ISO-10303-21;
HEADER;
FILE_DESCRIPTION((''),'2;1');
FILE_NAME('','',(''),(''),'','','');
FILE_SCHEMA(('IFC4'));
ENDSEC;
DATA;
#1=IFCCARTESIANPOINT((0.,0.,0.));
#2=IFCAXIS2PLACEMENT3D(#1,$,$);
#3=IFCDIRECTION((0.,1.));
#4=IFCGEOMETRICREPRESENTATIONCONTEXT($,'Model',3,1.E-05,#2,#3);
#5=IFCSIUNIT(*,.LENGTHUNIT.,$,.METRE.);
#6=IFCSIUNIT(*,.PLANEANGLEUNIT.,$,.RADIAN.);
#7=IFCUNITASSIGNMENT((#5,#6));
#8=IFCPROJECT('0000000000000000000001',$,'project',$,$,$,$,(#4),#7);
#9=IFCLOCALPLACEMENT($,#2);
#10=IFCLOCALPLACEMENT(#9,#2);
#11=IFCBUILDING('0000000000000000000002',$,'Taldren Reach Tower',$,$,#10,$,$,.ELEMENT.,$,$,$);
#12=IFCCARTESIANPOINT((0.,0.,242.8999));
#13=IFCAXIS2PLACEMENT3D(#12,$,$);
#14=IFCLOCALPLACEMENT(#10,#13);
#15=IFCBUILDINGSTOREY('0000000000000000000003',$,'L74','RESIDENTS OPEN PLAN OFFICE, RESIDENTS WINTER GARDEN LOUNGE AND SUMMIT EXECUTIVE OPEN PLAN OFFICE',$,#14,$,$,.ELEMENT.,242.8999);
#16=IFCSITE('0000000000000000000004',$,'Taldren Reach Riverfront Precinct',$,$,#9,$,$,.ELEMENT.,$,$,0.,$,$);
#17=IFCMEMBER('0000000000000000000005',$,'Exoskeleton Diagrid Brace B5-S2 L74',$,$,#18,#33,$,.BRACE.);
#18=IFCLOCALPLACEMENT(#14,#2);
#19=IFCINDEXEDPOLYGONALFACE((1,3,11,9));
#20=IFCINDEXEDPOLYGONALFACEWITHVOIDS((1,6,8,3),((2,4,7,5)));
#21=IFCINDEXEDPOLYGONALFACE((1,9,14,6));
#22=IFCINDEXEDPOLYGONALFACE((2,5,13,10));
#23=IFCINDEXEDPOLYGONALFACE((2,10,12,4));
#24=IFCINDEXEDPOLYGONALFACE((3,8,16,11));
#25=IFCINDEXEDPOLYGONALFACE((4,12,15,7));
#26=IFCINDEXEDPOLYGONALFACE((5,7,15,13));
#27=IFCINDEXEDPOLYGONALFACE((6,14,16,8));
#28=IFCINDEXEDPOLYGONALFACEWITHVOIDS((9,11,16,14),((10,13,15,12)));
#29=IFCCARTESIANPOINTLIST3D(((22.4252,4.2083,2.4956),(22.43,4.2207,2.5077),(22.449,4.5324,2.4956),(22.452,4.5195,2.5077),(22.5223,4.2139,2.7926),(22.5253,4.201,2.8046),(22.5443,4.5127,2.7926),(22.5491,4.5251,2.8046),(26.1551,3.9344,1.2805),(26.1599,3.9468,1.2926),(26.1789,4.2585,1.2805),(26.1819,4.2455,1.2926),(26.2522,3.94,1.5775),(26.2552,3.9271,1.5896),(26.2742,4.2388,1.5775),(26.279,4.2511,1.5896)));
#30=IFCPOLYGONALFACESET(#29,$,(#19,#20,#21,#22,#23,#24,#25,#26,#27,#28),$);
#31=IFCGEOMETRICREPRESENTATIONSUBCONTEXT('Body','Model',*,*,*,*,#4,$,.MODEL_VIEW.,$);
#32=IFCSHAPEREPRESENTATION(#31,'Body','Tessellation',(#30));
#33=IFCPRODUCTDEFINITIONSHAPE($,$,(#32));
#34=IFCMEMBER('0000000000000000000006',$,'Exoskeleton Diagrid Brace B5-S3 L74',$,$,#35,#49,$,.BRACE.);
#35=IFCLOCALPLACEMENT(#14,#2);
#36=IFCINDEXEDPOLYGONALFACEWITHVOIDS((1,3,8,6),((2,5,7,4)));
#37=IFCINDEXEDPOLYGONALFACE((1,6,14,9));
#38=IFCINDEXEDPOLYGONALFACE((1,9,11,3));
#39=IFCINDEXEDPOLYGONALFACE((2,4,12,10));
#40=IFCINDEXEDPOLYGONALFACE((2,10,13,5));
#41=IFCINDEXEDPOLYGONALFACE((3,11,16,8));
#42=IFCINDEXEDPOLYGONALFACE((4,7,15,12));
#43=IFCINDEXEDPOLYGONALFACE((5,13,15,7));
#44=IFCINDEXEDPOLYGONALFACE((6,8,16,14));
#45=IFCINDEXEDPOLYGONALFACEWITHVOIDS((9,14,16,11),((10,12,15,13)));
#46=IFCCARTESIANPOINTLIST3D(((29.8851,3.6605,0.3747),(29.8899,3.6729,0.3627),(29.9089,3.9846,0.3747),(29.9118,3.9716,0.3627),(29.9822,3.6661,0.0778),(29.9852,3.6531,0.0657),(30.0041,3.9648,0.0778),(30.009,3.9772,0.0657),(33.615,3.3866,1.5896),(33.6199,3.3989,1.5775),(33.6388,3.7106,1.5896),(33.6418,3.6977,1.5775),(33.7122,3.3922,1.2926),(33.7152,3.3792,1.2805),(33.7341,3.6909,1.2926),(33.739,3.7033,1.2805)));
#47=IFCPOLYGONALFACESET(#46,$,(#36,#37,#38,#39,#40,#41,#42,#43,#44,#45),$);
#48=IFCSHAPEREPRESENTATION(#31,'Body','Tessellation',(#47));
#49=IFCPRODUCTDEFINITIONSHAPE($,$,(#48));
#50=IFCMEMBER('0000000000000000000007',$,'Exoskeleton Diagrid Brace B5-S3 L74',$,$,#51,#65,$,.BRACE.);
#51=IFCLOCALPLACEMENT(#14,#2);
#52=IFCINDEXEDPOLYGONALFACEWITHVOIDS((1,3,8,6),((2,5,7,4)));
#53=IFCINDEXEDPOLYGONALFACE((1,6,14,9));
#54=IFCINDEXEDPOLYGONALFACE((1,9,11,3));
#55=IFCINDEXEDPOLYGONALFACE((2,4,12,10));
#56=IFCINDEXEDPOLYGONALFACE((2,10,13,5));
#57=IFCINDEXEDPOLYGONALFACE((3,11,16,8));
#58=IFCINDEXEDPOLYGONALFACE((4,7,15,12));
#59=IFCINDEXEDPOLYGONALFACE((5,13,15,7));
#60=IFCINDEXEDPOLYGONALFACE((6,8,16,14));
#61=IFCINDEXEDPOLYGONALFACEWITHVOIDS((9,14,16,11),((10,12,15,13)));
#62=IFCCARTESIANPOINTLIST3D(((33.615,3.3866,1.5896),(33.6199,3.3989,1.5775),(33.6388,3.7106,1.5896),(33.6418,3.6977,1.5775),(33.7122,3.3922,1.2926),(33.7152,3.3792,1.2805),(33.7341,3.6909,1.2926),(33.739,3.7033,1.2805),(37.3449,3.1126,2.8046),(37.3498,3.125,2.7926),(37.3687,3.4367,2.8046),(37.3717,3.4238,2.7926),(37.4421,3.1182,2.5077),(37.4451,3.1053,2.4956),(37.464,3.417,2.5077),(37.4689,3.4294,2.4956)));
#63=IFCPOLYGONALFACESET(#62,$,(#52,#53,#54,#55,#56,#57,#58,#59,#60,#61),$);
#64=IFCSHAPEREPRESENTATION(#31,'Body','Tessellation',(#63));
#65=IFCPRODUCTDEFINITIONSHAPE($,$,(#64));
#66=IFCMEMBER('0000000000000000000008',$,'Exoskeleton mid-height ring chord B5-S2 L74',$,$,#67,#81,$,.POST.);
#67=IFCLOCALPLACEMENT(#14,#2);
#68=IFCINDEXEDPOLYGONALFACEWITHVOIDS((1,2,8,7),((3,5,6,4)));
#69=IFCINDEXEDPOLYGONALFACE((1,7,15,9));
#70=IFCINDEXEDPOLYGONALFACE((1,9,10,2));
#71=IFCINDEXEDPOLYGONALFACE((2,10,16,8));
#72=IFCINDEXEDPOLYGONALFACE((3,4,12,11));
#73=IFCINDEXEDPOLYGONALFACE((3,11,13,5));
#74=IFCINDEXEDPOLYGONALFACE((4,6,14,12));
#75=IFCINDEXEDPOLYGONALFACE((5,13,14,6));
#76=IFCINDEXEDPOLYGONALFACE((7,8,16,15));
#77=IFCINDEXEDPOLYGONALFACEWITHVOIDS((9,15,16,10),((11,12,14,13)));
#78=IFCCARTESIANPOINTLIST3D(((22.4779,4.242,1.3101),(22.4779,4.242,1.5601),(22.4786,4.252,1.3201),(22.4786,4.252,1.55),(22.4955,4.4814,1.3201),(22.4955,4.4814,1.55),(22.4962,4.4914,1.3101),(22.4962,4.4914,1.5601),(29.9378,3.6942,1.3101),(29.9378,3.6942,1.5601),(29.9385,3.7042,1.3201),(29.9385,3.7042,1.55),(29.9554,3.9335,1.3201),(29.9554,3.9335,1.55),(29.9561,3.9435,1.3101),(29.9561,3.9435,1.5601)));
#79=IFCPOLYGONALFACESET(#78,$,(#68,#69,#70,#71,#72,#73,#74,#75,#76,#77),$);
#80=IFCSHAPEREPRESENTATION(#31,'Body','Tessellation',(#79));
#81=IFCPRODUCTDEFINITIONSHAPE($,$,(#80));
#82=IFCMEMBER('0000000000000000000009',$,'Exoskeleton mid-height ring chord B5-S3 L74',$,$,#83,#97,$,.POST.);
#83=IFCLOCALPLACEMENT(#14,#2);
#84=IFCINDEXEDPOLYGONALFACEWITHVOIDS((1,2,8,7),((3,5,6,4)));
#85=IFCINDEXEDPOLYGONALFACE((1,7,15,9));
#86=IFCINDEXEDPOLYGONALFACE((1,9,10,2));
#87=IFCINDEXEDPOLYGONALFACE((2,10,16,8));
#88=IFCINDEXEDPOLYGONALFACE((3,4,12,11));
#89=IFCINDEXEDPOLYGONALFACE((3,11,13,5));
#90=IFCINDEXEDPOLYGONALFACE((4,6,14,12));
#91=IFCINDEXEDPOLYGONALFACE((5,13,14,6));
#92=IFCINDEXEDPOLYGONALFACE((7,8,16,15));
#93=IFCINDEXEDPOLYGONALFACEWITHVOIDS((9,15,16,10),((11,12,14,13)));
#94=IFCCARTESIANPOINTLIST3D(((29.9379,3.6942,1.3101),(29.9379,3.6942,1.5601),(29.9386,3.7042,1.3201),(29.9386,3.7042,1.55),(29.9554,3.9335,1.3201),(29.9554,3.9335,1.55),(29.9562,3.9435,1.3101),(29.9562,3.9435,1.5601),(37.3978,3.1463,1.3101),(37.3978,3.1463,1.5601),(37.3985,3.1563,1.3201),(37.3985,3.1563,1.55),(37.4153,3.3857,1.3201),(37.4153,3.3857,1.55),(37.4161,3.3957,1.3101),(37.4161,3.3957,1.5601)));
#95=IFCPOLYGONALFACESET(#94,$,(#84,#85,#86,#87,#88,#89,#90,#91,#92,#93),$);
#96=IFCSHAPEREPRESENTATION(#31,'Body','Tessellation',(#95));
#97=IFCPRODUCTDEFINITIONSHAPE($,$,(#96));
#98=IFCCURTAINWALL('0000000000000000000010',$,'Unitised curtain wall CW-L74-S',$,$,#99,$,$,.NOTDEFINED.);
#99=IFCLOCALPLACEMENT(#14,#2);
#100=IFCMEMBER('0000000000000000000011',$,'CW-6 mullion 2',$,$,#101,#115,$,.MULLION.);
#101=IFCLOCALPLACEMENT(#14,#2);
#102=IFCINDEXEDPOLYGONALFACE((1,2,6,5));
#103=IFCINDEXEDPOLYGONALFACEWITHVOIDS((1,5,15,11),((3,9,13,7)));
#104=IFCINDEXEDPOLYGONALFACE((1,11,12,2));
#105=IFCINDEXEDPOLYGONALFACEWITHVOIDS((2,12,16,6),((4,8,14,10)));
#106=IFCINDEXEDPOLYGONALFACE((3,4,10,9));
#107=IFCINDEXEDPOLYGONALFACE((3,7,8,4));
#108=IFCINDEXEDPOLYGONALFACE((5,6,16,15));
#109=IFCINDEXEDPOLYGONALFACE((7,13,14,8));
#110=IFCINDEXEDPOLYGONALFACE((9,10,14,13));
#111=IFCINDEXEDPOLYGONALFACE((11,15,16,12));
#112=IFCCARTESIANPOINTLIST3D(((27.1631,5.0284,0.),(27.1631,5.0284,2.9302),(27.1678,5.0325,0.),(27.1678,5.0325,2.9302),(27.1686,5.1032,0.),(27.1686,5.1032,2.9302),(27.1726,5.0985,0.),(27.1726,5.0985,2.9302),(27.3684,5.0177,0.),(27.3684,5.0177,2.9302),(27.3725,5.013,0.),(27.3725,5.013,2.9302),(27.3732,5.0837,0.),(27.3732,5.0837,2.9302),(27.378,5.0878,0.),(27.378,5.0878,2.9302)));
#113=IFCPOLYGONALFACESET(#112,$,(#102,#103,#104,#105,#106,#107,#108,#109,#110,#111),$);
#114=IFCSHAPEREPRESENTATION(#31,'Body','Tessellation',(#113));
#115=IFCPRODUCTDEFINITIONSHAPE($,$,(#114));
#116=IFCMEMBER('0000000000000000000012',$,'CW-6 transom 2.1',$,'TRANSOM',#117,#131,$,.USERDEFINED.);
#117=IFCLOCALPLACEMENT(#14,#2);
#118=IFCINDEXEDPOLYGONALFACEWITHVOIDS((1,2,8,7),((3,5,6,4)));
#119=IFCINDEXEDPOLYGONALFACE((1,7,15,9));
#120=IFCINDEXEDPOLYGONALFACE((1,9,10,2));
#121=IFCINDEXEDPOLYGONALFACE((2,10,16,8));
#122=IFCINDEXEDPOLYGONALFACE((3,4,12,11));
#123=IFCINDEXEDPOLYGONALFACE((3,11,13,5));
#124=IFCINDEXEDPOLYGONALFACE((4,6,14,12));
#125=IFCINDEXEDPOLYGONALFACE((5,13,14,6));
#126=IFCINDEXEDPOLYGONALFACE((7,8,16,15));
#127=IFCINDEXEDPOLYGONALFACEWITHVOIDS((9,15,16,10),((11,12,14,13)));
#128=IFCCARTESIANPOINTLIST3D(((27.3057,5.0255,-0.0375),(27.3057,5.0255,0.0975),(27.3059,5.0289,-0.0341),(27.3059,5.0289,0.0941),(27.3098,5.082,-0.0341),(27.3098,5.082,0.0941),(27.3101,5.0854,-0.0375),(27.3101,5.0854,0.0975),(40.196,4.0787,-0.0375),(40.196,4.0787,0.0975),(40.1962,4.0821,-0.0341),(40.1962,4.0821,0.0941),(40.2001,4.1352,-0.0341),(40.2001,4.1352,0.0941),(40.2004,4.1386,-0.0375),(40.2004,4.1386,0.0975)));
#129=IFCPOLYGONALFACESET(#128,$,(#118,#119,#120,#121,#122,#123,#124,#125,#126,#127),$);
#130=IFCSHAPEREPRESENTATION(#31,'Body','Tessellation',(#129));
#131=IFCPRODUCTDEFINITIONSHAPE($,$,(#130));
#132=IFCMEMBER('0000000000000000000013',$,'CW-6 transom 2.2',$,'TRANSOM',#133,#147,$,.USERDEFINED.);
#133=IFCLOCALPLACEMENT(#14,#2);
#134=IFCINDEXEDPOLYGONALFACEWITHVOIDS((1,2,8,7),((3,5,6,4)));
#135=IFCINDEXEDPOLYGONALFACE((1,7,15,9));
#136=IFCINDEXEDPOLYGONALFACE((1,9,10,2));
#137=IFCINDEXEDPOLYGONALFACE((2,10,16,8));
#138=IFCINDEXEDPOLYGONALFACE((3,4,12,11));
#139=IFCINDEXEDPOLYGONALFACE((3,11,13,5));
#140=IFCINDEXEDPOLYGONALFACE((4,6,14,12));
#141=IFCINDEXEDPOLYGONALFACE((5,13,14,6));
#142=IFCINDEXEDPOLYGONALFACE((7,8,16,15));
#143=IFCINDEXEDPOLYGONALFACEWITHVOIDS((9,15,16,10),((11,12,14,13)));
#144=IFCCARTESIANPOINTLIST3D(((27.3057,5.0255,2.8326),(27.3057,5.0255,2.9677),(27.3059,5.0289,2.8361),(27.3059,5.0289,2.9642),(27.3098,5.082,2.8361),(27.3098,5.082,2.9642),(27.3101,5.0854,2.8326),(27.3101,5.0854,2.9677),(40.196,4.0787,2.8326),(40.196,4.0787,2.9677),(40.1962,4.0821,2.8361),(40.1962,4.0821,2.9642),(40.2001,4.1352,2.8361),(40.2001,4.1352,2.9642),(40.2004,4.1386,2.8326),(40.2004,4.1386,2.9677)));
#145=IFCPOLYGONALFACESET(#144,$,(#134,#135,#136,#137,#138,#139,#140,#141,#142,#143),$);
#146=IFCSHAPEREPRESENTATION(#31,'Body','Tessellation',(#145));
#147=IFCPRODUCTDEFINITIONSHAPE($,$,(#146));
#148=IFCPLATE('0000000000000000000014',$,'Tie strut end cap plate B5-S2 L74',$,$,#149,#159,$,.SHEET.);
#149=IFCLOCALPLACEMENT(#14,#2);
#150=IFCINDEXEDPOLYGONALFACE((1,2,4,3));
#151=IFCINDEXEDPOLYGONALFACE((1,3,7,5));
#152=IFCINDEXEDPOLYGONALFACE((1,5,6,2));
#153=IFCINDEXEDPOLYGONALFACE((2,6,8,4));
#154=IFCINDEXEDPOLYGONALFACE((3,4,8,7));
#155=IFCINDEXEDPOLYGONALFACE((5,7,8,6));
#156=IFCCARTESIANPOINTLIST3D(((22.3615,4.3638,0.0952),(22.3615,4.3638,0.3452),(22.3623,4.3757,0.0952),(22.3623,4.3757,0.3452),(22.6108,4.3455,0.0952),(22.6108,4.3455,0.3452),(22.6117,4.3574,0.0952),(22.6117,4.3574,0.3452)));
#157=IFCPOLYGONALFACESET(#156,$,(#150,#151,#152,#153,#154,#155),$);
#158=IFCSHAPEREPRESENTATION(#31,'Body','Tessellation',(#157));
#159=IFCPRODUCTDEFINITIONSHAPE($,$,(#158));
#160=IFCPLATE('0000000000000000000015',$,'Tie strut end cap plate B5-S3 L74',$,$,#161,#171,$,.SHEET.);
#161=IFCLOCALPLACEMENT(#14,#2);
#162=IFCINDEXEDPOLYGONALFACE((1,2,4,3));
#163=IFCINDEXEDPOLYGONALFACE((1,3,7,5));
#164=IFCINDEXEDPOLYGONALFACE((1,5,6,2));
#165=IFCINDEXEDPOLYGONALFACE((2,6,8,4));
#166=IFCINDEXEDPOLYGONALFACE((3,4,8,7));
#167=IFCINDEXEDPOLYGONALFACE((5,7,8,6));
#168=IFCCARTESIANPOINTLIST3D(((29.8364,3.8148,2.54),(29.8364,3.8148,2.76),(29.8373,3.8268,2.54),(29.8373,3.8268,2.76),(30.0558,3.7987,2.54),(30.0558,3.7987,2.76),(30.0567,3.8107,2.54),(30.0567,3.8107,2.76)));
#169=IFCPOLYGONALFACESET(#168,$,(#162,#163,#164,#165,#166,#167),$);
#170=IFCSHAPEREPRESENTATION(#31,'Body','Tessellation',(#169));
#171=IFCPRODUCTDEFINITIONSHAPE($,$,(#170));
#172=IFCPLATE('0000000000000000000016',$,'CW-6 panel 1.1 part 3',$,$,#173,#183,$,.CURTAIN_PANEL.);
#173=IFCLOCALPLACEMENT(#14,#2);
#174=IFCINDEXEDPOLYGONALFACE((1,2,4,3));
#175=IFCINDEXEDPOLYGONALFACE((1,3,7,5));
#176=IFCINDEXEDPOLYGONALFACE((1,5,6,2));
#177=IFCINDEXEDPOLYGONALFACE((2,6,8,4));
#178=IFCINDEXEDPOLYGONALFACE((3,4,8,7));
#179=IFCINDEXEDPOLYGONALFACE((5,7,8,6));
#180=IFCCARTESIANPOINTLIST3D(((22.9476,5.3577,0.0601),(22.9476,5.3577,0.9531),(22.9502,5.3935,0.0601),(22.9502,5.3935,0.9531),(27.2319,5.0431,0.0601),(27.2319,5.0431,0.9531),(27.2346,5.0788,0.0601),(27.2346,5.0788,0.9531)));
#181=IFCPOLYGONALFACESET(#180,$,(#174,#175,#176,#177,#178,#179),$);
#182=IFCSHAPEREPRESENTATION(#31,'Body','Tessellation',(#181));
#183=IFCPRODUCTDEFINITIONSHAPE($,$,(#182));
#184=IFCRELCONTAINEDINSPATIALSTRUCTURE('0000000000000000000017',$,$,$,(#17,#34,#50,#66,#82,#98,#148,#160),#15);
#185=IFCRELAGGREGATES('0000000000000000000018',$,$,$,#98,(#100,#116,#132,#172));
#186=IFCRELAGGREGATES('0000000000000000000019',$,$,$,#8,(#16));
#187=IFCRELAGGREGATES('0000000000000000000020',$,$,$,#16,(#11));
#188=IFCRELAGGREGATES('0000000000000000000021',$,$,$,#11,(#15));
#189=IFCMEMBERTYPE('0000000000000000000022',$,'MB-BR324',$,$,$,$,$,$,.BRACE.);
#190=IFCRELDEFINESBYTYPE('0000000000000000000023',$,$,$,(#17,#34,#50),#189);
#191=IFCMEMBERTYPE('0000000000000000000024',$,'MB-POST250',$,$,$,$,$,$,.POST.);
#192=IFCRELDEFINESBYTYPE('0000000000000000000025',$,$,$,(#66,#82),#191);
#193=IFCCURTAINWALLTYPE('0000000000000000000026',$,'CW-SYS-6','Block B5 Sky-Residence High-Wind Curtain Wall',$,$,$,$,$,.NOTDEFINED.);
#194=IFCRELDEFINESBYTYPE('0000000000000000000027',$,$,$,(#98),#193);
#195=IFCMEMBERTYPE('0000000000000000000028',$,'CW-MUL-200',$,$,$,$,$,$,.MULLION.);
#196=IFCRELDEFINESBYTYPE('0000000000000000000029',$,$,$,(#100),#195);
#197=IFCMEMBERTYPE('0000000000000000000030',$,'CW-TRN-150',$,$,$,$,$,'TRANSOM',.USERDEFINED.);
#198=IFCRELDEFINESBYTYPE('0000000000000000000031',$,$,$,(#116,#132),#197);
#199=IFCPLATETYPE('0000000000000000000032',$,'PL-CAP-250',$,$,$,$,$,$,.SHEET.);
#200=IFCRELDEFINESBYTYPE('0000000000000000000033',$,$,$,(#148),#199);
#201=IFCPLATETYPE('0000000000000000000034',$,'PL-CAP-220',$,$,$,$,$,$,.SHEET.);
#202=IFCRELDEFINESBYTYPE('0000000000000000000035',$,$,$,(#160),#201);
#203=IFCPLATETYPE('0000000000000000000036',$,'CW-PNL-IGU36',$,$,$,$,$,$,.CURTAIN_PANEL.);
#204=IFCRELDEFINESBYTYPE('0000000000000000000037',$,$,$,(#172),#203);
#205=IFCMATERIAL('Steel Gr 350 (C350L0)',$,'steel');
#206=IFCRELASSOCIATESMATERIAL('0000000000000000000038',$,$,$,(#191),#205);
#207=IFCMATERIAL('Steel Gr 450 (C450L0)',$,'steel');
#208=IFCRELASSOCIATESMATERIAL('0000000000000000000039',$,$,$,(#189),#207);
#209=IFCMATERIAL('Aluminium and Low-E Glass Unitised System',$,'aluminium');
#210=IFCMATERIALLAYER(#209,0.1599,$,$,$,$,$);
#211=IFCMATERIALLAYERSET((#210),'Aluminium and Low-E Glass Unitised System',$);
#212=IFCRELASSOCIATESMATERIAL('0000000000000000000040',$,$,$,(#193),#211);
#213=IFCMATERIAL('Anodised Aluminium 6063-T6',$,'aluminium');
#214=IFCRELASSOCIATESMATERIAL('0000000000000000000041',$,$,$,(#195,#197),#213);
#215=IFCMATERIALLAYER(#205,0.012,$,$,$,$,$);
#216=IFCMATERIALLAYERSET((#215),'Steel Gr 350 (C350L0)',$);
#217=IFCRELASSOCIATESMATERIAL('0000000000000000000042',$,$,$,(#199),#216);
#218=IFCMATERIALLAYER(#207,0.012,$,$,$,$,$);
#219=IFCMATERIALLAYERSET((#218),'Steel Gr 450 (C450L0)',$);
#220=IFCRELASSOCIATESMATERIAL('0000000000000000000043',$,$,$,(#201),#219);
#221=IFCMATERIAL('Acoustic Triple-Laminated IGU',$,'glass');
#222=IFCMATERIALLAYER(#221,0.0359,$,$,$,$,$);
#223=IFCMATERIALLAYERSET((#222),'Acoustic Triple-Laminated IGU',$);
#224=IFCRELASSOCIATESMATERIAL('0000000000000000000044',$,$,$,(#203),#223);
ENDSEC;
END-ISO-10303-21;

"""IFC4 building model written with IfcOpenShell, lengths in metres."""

from ifc_helpers import new_model, si_unit, direction, frame, origin, origin_2d, place, context, subcontext, project, spatial, rectangle, hollow_rectangle, extrude, source, transform, mapped, material, layer, layer_set, material_profile, profile_set, type_object, element, aggregate, save


model = new_model("IFC4")

# Units and contexts
model_context = context("Model", 3, precision=1e-05, world=origin(), true_north=direction((0.0, 1.0)))
body_context = subcontext(model_context, "Body", "Model", "MODEL_VIEW")
ifc_project = project(units=[si_unit("LENGTHUNIT", "METRE"), si_unit("PLANEANGLEUNIT", "RADIAN")], contexts=[model_context])

# Site, building, storey
site_placement = place(None, origin())
site = spatial("IfcSite", under=ifc_project, at=site_placement, Name="Taldren Reach Riverfront Precinct", CompositionType="ELEMENT", RefElevation=0.0)
building_placement = place(site_placement, origin())
building = spatial("IfcBuilding", under=site, at=building_placement, Name="Taldren Reach Tower", CompositionType="ELEMENT")
storey_placement = place(building_placement, frame((0.0, 0.0, 242.8999)))
storey = spatial("IfcBuildingStorey", under=building, at=storey_placement, Name="L74", Description="RESIDENTS OPEN PLAN OFFICE, RESIDENTS WINTER GARDEN LOUNGE AND SUMMIT EXECUTIVE OPEN PLAN OFFICE", CompositionType="ELEMENT", Elevation=242.8999)

# Shared definitions
ifc_material_1 = material(Name="Steel Gr 350 (C350L0)", Category="steel")

# Shared definitions
ifc_material_profile_1 = material_profile(ifc_material_1, hollow_rectangle(XDim=0.25, YDim=0.25, WallThickness=0.01, at=origin_2d()), Name="250x250x10.0SHS")
ifc_profile_set_1 = profile_set([ifc_material_profile_1], Name="Steel Gr 350 (C350L0)")
member_type_1 = type_object("IfcMemberType", Name="MB-POST250", PredefinedType="POST", material=ifc_profile_set_1)
ifc_material_2 = material(Name="Steel Gr 450 (C450L0)", Category="steel")

# Members
ifc_material_profile_2 = material_profile(ifc_material_2, hollow_rectangle(XDim=0.325, YDim=0.325, WallThickness=0.0127, at=origin_2d()), Name="325x325x12.7SHS")
ifc_profile_set_2 = profile_set([ifc_material_profile_2], Name="Steel Gr 450 (C450L0)")
member_type_2 = type_object("IfcMemberType", Name="MB-BR324", PredefinedType="BRACE", material=ifc_profile_set_2)
shared_shape_1 = source(origin(), body_context, "Body", "SweptSolid", [
    extrude(hollow_rectangle(XDim=0.325, YDim=0.325, WallThickness=0.0127, at=origin_2d()), origin(), (0.0, 0.0, 1.0), 3.9324),
])
for number, where, z_axis, x_axis, name in (
    (1, (26.217, 4.0928, 1.4351), (-0.948511, 0.069658, 0.308989), (-0.073242, -0.997314, 0.0), "Exoskeleton Diagrid Brace B5-S2 L74"),
    (2, (29.947, 3.8188, 0.2202), (0.948529, -0.069659, 0.308933), (0.073242, 0.997314, 0.0), "Exoskeleton Diagrid Brace B5-S3 L74"),
    (3, (33.677, 3.5449, 1.4351), (0.948511, -0.069658, 0.308989), (0.073242, 0.997314, 0.0), "Exoskeleton Diagrid Brace B5-S3 L74"),
):
    element("IfcMember", number, at=place(storey_placement, frame(where, z_axis=z_axis, x_axis=x_axis)), inside=storey, type_object=member_type_2, Name=name, PredefinedType="BRACE", context=body_context, shape_type="MappedRepresentation", body=[
        mapped(shared_shape_1, transform((0.0, 0.0, 0.0), scale=1.0)),
    ])
shared_shape_2 = source(origin(), body_context, "Body", "SweptSolid", [
    extrude(hollow_rectangle(XDim=0.25, YDim=0.25, WallThickness=0.01, at=origin_2d()), origin(), (0.0, 0.0, 1.0), 7.48),
])
for number, where, z_axis, x_axis, name in (
    (4, (22.4871, 4.3667, 1.4351), (0.997314, -0.073242, 0.0), (0.073242, 0.997314, 0.0), "Exoskeleton mid-height ring chord B5-S2 L74"),
    (5, (29.947, 3.8188, 1.4351), (0.997314, -0.073242, 0.0), (0.073242, 0.997314, 0.0), "Exoskeleton mid-height ring chord B5-S3 L74"),
):
    element("IfcMember", number, at=place(storey_placement, frame(where, z_axis=z_axis, x_axis=x_axis)), inside=storey, type_object=member_type_1, Name=name, PredefinedType="POST", context=body_context, shape_type="MappedRepresentation", body=[
        mapped(shared_shape_2, transform((0.0, 0.0, 0.0), scale=1.0)),
    ])

# Curtain wall, members
ifc_material_3 = material(Name="Aluminium and Low-E Glass Unitised System", Category="aluminium")
ifc_layer_1 = layer(ifc_material_3, 0.1599)
ifc_layer_set_1 = layer_set([ifc_layer_1], Name="Aluminium and Low-E Glass Unitised System")
curtain_wall_type = type_object("IfcCurtainWallType", Name="CW-SYS-6", Description="Block B5 Sky-Residence High-Wind Curtain Wall", PredefinedType="NOTDEFINED", material=ifc_layer_set_1)
curtain_wall_placement = place(storey_placement, origin())
curtain_wall = element("IfcCurtainWall", 6, at=curtain_wall_placement, inside=storey, type_object=curtain_wall_type, Name="Unitised curtain wall CW-L74-S", PredefinedType="NOTDEFINED")
ifc_material_4 = material(Name="Anodised Aluminium 6063-T6", Category="aluminium")
ifc_material_profile_3 = material_profile(ifc_material_4, hollow_rectangle(XDim=0.075, YDim=0.21, WallThickness=0.0044, at=origin_2d()), Name="ALU-210x75x4.5RHS")
ifc_profile_set_3 = profile_set([ifc_material_profile_3], Name="Anodised Aluminium 6063-T6")
member_type_3 = type_object("IfcMemberType", Name="CW-MUL-200", PredefinedType="MULLION", material=ifc_profile_set_3)
shared_shape_3 = source(origin(), body_context, "Body", "SweptSolid", [
    extrude(hollow_rectangle(XDim=0.075, YDim=0.21, WallThickness=0.0044, at=origin_2d()), origin(), (0.0, 0.0, 1.0), 2.9302),
])
member_1_placement = place(storey_placement, frame((27.2705, 5.0581, 0.0), z_axis=(0.0, 0.0, 1.0), x_axis=(0.073238, 0.997314, 0.0)))
member_1 = element("IfcMember", 7, at=member_1_placement, type_object=member_type_3, Name="CW-6 mullion 2", PredefinedType="MULLION", context=body_context, shape_type="MappedRepresentation", body=[
    mapped(shared_shape_3, transform((0.0, 0.0, 0.0), scale=1.0)),
])
ifc_material_profile_4 = material_profile(ifc_material_4, hollow_rectangle(XDim=0.0601, YDim=0.135, WallThickness=0.0034, at=origin_2d()), Name="ALU-135x60x3.5RHS")
ifc_profile_set_4 = profile_set([ifc_material_profile_4], Name="Anodised Aluminium 6063-T6")
member_type_4 = type_object("IfcMemberType", Name="CW-TRN-150", ElementType="TRANSOM", PredefinedType="USERDEFINED", material=ifc_profile_set_4)
shared_shape_4 = source(origin(), body_context, "Body", "SweptSolid", [
    extrude(hollow_rectangle(XDim=0.0601, YDim=0.135, WallThickness=0.0034, at=origin_2d()), origin(), (0.0, 0.0, 1.0), 12.925),
])
member_2_placement = place(storey_placement, frame((27.3079, 5.0554, 0.03), z_axis=(0.997314, -0.073251, 0.0), x_axis=(0.073251, 0.997314, 0.0)))
member_2 = element("IfcMember", 8, at=member_2_placement, type_object=member_type_4, Name="CW-6 transom 2.1", ObjectType="TRANSOM", PredefinedType="USERDEFINED", context=body_context, shape_type="MappedRepresentation", body=[
    mapped(shared_shape_4, transform((0.0, 0.0, 0.0), scale=1.0)),
])
member_3_placement = place(storey_placement, frame((27.3079, 5.0554, 2.9001), z_axis=(0.997314, -0.073251, 0.0), x_axis=(0.073251, 0.997314, 0.0)))
member_3 = element("IfcMember", 9, at=member_3_placement, type_object=member_type_4, Name="CW-6 transom 2.2", ObjectType="TRANSOM", PredefinedType="USERDEFINED", context=body_context, shape_type="MappedRepresentation", body=[
    mapped(shared_shape_4, transform((0.0, 0.0, 0.0), scale=1.0)),
])

# Plates
ifc_layer_2 = layer(ifc_material_1, 0.012)
ifc_layer_set_2 = layer_set([ifc_layer_2], Name="Steel Gr 350 (C350L0)")
plate_type_1 = type_object("IfcPlateType", Name="PL-CAP-250", PredefinedType="SHEET", material=ifc_layer_set_2)
shared_shape_5 = source(origin(), body_context, "Body", "SweptSolid", [
    extrude(rectangle(XDim=0.25, YDim=0.012, at=origin_2d()), origin(), (0.0, 0.0, 1.0), 0.25),
])
plate_1_placement = place(storey_placement, frame((22.4866, 4.3606, 0.0952), z_axis=(0.0, 0.0, 1.0), x_axis=(0.997314, -0.073238, 0.0)))
element("IfcPlate", 10, at=plate_1_placement, inside=storey, type_object=plate_type_1, Name="Tie strut end cap plate B5-S2 L74", PredefinedType="SHEET", context=body_context, shape_type="MappedRepresentation", body=[
    mapped(shared_shape_5, transform((0.0, 0.0, 0.0), scale=1.0)),
])
ifc_layer_3 = layer(ifc_material_2, 0.012)
ifc_layer_set_3 = layer_set([ifc_layer_3], Name="Steel Gr 450 (C450L0)")
plate_type_2 = type_object("IfcPlateType", Name="PL-CAP-220", PredefinedType="SHEET", material=ifc_layer_set_3)
shared_shape_6 = source(origin(), body_context, "Body", "SweptSolid", [
    extrude(rectangle(XDim=0.22, YDim=0.012, at=origin_2d()), origin(), (0.0, 0.0, 1.0), 0.22),
])
plate_2_placement = place(storey_placement, frame((29.9465, 3.8127, 2.54), z_axis=(0.0, 0.0, 1.0), x_axis=(0.997314, -0.073238, 0.0)))
element("IfcPlate", 11, at=plate_2_placement, inside=storey, type_object=plate_type_2, Name="Tie strut end cap plate B5-S3 L74", PredefinedType="SHEET", context=body_context, shape_type="MappedRepresentation", body=[
    mapped(shared_shape_6, transform((0.0, 0.0, 0.0), scale=1.0)),
])

# Plate
ifc_material_5 = material(Name="Acoustic Triple-Laminated IGU", Category="glass")
ifc_layer_4 = layer(ifc_material_5, 0.0359)
ifc_layer_set_4 = layer_set([ifc_layer_4], Name="Acoustic Triple-Laminated IGU")
plate_type_3 = type_object("IfcPlateType", Name="CW-PNL-IGU36", PredefinedType="CURTAIN_PANEL", material=ifc_layer_set_4)
shared_shape_7 = source(origin(), body_context, "Body", "SweptSolid", [
    extrude(rectangle(XDim=4.2959, YDim=0.0359, at=origin_2d()), origin(), (0.0, 0.0, 1.0), 0.8931),
])
plate_3_placement = place(storey_placement, frame((25.0911, 5.2183, 0.0601), z_axis=(0.0, 0.0, 1.0), x_axis=(0.997314, -0.073238, 0.0)))
plate_3 = element("IfcPlate", 12, at=plate_3_placement, type_object=plate_type_3, Name="CW-6 panel 1.1 part 3", PredefinedType="CURTAIN_PANEL", context=body_context, shape_type="MappedRepresentation", body=[
    mapped(shared_shape_7, transform((0.0, 0.0, 0.0), scale=1.0)),
])
aggregate(curtain_wall, [member_1, member_2, member_3, plate_3])

save(model, "model.ifc")
